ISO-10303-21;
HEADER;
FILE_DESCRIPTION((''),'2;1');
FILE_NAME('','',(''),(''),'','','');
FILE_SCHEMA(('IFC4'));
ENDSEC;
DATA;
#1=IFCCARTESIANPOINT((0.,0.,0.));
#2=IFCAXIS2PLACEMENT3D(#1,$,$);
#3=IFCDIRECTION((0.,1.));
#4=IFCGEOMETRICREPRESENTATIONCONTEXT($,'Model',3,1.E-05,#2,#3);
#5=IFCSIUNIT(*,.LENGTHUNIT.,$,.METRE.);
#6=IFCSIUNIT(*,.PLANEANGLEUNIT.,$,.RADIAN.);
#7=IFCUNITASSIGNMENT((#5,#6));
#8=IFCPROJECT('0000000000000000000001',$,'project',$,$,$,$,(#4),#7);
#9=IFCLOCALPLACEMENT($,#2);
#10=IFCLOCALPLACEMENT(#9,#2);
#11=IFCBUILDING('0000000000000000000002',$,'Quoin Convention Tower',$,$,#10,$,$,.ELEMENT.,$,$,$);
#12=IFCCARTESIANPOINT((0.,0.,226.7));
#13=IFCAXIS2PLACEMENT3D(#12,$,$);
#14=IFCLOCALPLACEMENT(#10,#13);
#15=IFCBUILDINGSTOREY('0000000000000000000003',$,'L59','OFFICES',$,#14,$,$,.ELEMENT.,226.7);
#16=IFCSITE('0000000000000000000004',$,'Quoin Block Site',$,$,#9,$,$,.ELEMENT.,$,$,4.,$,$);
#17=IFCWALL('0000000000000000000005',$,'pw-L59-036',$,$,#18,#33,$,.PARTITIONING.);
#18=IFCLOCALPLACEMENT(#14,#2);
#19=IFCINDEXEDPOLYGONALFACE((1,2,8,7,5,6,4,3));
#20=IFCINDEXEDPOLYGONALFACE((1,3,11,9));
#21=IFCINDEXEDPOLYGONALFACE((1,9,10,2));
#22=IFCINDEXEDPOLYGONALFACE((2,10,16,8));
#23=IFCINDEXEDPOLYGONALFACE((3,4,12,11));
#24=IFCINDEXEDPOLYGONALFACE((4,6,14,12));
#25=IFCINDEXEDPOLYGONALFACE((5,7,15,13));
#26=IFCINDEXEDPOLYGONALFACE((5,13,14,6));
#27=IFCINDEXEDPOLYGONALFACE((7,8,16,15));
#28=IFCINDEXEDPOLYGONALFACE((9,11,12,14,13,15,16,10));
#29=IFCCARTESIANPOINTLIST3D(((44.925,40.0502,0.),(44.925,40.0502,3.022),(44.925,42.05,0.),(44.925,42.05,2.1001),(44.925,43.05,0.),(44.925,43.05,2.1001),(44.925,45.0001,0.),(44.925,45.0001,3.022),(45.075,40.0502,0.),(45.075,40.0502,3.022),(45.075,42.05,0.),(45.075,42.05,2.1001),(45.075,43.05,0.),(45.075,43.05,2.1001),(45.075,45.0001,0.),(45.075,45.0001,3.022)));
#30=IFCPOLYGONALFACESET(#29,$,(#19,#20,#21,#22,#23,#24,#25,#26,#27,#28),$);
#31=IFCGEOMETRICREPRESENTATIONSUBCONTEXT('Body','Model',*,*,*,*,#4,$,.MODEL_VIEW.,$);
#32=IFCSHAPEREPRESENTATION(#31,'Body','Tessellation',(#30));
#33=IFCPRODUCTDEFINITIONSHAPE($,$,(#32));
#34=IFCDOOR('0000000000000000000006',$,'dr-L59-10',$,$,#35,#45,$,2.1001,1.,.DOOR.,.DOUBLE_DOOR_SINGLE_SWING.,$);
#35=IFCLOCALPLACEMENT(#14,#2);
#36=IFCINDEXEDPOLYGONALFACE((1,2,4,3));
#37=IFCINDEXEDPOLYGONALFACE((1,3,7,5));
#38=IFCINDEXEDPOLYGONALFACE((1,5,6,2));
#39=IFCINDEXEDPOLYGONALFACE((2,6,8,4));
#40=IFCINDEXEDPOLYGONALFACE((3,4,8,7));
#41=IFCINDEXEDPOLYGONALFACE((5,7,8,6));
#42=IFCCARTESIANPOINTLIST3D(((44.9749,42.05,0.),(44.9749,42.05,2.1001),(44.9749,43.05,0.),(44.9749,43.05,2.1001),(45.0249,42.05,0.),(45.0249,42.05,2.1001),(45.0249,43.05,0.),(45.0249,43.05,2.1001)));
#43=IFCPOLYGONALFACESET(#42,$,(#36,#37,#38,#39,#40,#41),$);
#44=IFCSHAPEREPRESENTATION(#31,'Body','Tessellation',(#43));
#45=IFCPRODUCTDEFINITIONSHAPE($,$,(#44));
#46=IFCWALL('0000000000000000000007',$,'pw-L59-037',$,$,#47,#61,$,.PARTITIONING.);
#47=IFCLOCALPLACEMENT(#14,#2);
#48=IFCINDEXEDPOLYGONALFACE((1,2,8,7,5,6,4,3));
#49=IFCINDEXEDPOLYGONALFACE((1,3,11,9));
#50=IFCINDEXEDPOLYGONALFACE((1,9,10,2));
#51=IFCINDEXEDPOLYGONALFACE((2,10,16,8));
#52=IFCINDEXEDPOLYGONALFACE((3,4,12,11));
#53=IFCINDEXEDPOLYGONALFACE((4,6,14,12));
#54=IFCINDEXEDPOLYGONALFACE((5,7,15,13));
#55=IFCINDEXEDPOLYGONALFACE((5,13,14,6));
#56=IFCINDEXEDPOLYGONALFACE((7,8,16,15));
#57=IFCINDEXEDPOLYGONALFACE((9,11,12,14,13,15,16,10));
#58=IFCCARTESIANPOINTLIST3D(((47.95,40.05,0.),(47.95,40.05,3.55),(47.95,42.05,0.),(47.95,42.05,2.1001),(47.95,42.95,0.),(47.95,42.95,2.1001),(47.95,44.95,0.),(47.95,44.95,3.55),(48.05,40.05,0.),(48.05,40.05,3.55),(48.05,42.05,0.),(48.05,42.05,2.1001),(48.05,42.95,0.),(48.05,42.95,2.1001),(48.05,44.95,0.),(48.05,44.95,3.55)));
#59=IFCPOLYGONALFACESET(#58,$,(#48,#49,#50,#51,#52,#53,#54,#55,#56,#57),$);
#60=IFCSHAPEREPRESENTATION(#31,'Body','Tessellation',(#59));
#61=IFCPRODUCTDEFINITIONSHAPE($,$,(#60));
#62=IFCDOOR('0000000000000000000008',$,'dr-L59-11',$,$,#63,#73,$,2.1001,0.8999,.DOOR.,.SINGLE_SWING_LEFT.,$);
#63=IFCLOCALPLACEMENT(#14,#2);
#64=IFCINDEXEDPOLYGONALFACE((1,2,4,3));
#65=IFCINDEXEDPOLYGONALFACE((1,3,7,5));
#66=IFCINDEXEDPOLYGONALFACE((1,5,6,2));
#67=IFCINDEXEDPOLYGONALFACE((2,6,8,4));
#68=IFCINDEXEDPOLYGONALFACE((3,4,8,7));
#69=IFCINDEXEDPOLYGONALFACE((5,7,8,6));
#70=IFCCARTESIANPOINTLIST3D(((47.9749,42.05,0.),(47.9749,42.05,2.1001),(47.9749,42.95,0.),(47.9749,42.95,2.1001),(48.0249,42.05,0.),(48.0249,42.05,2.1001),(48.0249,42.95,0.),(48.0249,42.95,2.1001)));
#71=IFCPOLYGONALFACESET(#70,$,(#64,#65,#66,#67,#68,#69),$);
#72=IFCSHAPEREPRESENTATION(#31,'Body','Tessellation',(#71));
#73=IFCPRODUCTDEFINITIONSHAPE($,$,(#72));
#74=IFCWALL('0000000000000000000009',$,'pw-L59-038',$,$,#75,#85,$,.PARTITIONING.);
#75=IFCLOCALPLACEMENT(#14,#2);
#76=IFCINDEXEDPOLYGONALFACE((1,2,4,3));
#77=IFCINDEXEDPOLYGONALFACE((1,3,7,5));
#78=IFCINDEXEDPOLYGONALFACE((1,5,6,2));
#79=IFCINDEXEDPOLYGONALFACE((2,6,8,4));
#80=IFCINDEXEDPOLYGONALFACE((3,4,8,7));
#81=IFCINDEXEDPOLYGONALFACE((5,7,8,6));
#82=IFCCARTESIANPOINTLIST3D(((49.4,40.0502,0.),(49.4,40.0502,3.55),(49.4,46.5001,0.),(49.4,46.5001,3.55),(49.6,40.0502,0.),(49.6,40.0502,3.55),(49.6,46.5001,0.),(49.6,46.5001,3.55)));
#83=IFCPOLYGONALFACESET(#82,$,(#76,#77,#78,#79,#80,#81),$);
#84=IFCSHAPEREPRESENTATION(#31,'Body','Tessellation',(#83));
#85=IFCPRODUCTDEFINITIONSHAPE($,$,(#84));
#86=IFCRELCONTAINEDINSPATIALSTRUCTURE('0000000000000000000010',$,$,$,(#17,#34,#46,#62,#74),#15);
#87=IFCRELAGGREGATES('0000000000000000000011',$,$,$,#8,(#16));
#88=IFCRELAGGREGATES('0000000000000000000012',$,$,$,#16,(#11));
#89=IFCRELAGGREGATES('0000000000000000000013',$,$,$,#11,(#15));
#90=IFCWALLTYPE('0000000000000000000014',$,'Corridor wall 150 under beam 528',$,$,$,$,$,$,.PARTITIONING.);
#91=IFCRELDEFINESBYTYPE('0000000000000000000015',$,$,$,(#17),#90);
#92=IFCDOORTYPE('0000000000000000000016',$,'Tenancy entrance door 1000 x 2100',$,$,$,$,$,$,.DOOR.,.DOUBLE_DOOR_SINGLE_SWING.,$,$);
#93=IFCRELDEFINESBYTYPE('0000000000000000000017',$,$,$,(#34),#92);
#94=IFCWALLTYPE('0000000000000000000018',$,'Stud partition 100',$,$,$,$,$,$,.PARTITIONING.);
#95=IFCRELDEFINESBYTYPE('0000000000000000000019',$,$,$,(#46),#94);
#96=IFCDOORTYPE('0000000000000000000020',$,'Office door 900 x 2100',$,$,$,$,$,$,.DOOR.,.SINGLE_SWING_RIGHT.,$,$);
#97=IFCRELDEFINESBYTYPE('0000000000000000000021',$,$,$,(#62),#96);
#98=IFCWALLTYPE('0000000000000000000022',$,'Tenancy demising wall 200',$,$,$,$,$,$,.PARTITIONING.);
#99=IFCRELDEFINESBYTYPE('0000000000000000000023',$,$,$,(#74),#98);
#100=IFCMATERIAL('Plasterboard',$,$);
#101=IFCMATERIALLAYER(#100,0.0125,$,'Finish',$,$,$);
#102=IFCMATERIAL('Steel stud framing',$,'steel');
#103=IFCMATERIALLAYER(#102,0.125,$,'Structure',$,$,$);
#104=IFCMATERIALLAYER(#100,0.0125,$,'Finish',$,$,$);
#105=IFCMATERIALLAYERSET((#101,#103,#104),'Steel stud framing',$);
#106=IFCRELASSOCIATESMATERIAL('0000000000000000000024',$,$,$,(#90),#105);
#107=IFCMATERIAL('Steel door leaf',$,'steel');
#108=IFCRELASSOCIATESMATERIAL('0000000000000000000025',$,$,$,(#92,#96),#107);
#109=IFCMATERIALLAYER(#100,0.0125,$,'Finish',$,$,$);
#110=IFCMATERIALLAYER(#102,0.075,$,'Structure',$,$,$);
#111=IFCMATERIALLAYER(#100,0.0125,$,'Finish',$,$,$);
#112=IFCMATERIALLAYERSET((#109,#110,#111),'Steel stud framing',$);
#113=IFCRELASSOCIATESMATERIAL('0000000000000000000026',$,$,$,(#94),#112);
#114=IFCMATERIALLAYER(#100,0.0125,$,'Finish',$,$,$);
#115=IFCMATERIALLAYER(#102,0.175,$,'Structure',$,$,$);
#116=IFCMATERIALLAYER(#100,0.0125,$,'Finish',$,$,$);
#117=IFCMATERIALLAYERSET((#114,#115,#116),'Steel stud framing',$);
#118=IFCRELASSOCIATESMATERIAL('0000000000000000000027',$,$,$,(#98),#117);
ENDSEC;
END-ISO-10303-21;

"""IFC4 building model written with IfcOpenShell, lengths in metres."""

from ifc_helpers import new_model, si_unit, direction, frame, frame_2d, origin, place, context, subcontext, project, spatial, rectangle, extrude, material, layer, layer_set, type_object, element, fill, save


model = new_model("IFC4")

# Units and contexts
model_context = context("Model", 3, precision=1e-05, world=origin(), true_north=direction((0.0, 1.0)))
body_context = subcontext(model_context, "Body", "Model", "MODEL_VIEW")
ifc_project = project(units=[si_unit("LENGTHUNIT", "METRE"), si_unit("PLANEANGLEUNIT", "RADIAN")], contexts=[model_context])

# Site, building, storey
site_placement = place(None, origin())
site = spatial("IfcSite", under=ifc_project, at=site_placement, Name="Quoin Block Site", CompositionType="ELEMENT", RefElevation=4.0)
building_placement = place(site_placement, origin())
building = spatial("IfcBuilding", under=site, at=building_placement, Name="Quoin Convention Tower", CompositionType="ELEMENT")
storey_placement = place(building_placement, frame((0.0, 0.0, 226.7)))
storey = spatial("IfcBuildingStorey", under=building, at=storey_placement, Name="L59", Description="OFFICES", CompositionType="ELEMENT", Elevation=226.7)

# Shared definitions
ifc_material_1 = material(Name="Plasterboard")
ifc_material_2 = material(Name="Steel stud framing", Category="steel")

# Walls, openings, doors
ifc_layer_1 = layer(ifc_material_1, 0.0125, Name="Finish")
ifc_layer_2 = layer(ifc_material_2, 0.125, Name="Structure")
ifc_layer_3 = layer(ifc_material_1, 0.0125, Name="Finish")
ifc_layer_set_1 = layer_set([ifc_layer_1, ifc_layer_2, ifc_layer_3], Name="Steel stud framing")
wall_type_1 = type_object("IfcWallType", Name="Corridor wall 150 under beam 528", PredefinedType="PARTITIONING", material=ifc_layer_set_1)
wall_1_placement = place(storey_placement, frame((45.0, 40.05, 0.0), z_axis=(0.0, 0.0, 1.0), x_axis=(0.0, 1.0, 0.0)))
wall_1 = element("IfcWall", 1, at=wall_1_placement, inside=storey, type_object=wall_type_1, Name="pw-L59-036", PredefinedType="PARTITIONING", context=body_context, shape_type="SweptSolid", body=[
    extrude(rectangle(XDim=4.95, YDim=0.1499, at=frame_2d((2.4751, 0.0))), origin(), (0.0, 0.0, 1.0), 3.022),
])
opening_1_placement = place(wall_1_placement, frame((2.0, 0.0, 0.0)))
opening_1 = element("IfcOpeningElement", 2, at=opening_1_placement, cuts=wall_1, PredefinedType="OPENING", context=body_context, shape_type="SweptSolid", body=[
    extrude(rectangle(XDim=1.0, YDim=2.1001, at=frame_2d((0.5, 1.05))), frame((0.0, 0.085, 0.0), z_axis=(0.0, -1.0, 0.0), x_axis=(1.0, 0.0, 0.0)), (0.0, 0.0, 1.0), 0.1699),
])
ifc_material_3 = material(Name="Steel door leaf", Category="steel")
door_type_1 = type_object("IfcDoorType", Name="Tenancy entrance door 1000 x 2100", OperationType="DOUBLE_DOOR_SINGLE_SWING", PredefinedType="DOOR", material=ifc_material_3)
door_1_placement = place(opening_1_placement, frame((1.0, 0.0, 0.0), z_axis=(0.0, 0.0, 1.0), x_axis=(-1.0, 0.0, 0.0)))
door_1 = element("IfcDoor", 3, at=door_1_placement, inside=storey, type_object=door_type_1, Name="dr-L59-10", OperationType="DOUBLE_DOOR_SINGLE_SWING", OverallHeight=2.1001, OverallWidth=1.0, PredefinedType="DOOR", context=body_context, shape_type="SweptSolid", body=[
    extrude(rectangle(XDim=1.0, YDim=2.1001, at=frame_2d((0.5, 1.05))), frame((0.0, 0.0249, 0.0), z_axis=(0.0, -1.0, 0.0), x_axis=(1.0, 0.0, 0.0)), (0.0, 0.0, 1.0), 0.05),
])
fill(opening_1, door_1)
ifc_layer_4 = layer(ifc_material_1, 0.0125, Name="Finish")
ifc_layer_5 = layer(ifc_material_2, 0.075, Name="Structure")
ifc_layer_6 = layer(ifc_material_1, 0.0125, Name="Finish")
ifc_layer_set_2 = layer_set([ifc_layer_4, ifc_layer_5, ifc_layer_6], Name="Steel stud framing")
wall_type_2 = type_object("IfcWallType", Name="Stud partition 100", PredefinedType="PARTITIONING", material=ifc_layer_set_2)
wall_2_placement = place(storey_placement, frame((48.0, 40.05, 0.0), z_axis=(0.0, 0.0, 1.0), x_axis=(0.0, 1.0, 0.0)))
wall_2 = element("IfcWall", 4, at=wall_2_placement, inside=storey, type_object=wall_type_2, Name="pw-L59-037", PredefinedType="PARTITIONING", context=body_context, shape_type="SweptSolid", body=[
    extrude(rectangle(XDim=4.8999, YDim=0.1001, at=frame_2d((2.45, 0.0))), origin(), (0.0, 0.0, 1.0), 3.55),
])
opening_2_placement = place(wall_2_placement, frame((2.0, 0.0, 0.0)))
opening_2 = element("IfcOpeningElement", 5, at=opening_2_placement, cuts=wall_2, PredefinedType="OPENING", context=body_context, shape_type="SweptSolid", body=[
    extrude(rectangle(XDim=0.8999, YDim=2.1001, at=frame_2d((0.45, 1.05))), frame((0.0, 0.0601, 0.0), z_axis=(0.0, -1.0, 0.0), x_axis=(1.0, 0.0, 0.0)), (0.0, 0.0, 1.0), 0.1201),
])
door_type_2 = type_object("IfcDoorType", Name="Office door 900 x 2100", OperationType="SINGLE_SWING_RIGHT", PredefinedType="DOOR", material=ifc_material_3)
door_2_placement = place(opening_2_placement, frame((0.8999, 0.0, 0.0), z_axis=(0.0, 0.0, 1.0), x_axis=(-1.0, 0.0, 0.0)))
door_2 = element("IfcDoor", 6, at=door_2_placement, inside=storey, type_object=door_type_2, Name="dr-L59-11", OperationType="SINGLE_SWING_LEFT", OverallHeight=2.1001, OverallWidth=0.8999, PredefinedType="DOOR", context=body_context, shape_type="SweptSolid", body=[
    extrude(rectangle(XDim=0.8999, YDim=2.1001, at=frame_2d((0.45, 1.05))), frame((0.0, 0.0249, 0.0), z_axis=(0.0, -1.0, 0.0), x_axis=(1.0, 0.0, 0.0)), (0.0, 0.0, 1.0), 0.05),
])
fill(opening_2, door_2)

# Wall
ifc_layer_7 = layer(ifc_material_1, 0.0125, Name="Finish")
ifc_layer_8 = layer(ifc_material_2, 0.175, Name="Structure")
ifc_layer_9 = layer(ifc_material_1, 0.0125, Name="Finish")
ifc_layer_set_3 = layer_set([ifc_layer_7, ifc_layer_8, ifc_layer_9], Name="Steel stud framing")
wall_type_3 = type_object("IfcWallType", Name="Tenancy demising wall 200", PredefinedType="PARTITIONING", material=ifc_layer_set_3)
wall_3_placement = place(storey_placement, frame((49.5, 40.05, 0.0), z_axis=(0.0, 0.0, 1.0), x_axis=(0.0, 1.0, 0.0)))
element("IfcWall", 7, at=wall_3_placement, inside=storey, type_object=wall_type_3, Name="pw-L59-038", PredefinedType="PARTITIONING", context=body_context, shape_type="SweptSolid", body=[
    extrude(rectangle(XDim=6.45, YDim=0.2, at=frame_2d((3.2251, 0.0))), origin(), (0.0, 0.0, 1.0), 3.55),
])

save(model, "model.ifc")
